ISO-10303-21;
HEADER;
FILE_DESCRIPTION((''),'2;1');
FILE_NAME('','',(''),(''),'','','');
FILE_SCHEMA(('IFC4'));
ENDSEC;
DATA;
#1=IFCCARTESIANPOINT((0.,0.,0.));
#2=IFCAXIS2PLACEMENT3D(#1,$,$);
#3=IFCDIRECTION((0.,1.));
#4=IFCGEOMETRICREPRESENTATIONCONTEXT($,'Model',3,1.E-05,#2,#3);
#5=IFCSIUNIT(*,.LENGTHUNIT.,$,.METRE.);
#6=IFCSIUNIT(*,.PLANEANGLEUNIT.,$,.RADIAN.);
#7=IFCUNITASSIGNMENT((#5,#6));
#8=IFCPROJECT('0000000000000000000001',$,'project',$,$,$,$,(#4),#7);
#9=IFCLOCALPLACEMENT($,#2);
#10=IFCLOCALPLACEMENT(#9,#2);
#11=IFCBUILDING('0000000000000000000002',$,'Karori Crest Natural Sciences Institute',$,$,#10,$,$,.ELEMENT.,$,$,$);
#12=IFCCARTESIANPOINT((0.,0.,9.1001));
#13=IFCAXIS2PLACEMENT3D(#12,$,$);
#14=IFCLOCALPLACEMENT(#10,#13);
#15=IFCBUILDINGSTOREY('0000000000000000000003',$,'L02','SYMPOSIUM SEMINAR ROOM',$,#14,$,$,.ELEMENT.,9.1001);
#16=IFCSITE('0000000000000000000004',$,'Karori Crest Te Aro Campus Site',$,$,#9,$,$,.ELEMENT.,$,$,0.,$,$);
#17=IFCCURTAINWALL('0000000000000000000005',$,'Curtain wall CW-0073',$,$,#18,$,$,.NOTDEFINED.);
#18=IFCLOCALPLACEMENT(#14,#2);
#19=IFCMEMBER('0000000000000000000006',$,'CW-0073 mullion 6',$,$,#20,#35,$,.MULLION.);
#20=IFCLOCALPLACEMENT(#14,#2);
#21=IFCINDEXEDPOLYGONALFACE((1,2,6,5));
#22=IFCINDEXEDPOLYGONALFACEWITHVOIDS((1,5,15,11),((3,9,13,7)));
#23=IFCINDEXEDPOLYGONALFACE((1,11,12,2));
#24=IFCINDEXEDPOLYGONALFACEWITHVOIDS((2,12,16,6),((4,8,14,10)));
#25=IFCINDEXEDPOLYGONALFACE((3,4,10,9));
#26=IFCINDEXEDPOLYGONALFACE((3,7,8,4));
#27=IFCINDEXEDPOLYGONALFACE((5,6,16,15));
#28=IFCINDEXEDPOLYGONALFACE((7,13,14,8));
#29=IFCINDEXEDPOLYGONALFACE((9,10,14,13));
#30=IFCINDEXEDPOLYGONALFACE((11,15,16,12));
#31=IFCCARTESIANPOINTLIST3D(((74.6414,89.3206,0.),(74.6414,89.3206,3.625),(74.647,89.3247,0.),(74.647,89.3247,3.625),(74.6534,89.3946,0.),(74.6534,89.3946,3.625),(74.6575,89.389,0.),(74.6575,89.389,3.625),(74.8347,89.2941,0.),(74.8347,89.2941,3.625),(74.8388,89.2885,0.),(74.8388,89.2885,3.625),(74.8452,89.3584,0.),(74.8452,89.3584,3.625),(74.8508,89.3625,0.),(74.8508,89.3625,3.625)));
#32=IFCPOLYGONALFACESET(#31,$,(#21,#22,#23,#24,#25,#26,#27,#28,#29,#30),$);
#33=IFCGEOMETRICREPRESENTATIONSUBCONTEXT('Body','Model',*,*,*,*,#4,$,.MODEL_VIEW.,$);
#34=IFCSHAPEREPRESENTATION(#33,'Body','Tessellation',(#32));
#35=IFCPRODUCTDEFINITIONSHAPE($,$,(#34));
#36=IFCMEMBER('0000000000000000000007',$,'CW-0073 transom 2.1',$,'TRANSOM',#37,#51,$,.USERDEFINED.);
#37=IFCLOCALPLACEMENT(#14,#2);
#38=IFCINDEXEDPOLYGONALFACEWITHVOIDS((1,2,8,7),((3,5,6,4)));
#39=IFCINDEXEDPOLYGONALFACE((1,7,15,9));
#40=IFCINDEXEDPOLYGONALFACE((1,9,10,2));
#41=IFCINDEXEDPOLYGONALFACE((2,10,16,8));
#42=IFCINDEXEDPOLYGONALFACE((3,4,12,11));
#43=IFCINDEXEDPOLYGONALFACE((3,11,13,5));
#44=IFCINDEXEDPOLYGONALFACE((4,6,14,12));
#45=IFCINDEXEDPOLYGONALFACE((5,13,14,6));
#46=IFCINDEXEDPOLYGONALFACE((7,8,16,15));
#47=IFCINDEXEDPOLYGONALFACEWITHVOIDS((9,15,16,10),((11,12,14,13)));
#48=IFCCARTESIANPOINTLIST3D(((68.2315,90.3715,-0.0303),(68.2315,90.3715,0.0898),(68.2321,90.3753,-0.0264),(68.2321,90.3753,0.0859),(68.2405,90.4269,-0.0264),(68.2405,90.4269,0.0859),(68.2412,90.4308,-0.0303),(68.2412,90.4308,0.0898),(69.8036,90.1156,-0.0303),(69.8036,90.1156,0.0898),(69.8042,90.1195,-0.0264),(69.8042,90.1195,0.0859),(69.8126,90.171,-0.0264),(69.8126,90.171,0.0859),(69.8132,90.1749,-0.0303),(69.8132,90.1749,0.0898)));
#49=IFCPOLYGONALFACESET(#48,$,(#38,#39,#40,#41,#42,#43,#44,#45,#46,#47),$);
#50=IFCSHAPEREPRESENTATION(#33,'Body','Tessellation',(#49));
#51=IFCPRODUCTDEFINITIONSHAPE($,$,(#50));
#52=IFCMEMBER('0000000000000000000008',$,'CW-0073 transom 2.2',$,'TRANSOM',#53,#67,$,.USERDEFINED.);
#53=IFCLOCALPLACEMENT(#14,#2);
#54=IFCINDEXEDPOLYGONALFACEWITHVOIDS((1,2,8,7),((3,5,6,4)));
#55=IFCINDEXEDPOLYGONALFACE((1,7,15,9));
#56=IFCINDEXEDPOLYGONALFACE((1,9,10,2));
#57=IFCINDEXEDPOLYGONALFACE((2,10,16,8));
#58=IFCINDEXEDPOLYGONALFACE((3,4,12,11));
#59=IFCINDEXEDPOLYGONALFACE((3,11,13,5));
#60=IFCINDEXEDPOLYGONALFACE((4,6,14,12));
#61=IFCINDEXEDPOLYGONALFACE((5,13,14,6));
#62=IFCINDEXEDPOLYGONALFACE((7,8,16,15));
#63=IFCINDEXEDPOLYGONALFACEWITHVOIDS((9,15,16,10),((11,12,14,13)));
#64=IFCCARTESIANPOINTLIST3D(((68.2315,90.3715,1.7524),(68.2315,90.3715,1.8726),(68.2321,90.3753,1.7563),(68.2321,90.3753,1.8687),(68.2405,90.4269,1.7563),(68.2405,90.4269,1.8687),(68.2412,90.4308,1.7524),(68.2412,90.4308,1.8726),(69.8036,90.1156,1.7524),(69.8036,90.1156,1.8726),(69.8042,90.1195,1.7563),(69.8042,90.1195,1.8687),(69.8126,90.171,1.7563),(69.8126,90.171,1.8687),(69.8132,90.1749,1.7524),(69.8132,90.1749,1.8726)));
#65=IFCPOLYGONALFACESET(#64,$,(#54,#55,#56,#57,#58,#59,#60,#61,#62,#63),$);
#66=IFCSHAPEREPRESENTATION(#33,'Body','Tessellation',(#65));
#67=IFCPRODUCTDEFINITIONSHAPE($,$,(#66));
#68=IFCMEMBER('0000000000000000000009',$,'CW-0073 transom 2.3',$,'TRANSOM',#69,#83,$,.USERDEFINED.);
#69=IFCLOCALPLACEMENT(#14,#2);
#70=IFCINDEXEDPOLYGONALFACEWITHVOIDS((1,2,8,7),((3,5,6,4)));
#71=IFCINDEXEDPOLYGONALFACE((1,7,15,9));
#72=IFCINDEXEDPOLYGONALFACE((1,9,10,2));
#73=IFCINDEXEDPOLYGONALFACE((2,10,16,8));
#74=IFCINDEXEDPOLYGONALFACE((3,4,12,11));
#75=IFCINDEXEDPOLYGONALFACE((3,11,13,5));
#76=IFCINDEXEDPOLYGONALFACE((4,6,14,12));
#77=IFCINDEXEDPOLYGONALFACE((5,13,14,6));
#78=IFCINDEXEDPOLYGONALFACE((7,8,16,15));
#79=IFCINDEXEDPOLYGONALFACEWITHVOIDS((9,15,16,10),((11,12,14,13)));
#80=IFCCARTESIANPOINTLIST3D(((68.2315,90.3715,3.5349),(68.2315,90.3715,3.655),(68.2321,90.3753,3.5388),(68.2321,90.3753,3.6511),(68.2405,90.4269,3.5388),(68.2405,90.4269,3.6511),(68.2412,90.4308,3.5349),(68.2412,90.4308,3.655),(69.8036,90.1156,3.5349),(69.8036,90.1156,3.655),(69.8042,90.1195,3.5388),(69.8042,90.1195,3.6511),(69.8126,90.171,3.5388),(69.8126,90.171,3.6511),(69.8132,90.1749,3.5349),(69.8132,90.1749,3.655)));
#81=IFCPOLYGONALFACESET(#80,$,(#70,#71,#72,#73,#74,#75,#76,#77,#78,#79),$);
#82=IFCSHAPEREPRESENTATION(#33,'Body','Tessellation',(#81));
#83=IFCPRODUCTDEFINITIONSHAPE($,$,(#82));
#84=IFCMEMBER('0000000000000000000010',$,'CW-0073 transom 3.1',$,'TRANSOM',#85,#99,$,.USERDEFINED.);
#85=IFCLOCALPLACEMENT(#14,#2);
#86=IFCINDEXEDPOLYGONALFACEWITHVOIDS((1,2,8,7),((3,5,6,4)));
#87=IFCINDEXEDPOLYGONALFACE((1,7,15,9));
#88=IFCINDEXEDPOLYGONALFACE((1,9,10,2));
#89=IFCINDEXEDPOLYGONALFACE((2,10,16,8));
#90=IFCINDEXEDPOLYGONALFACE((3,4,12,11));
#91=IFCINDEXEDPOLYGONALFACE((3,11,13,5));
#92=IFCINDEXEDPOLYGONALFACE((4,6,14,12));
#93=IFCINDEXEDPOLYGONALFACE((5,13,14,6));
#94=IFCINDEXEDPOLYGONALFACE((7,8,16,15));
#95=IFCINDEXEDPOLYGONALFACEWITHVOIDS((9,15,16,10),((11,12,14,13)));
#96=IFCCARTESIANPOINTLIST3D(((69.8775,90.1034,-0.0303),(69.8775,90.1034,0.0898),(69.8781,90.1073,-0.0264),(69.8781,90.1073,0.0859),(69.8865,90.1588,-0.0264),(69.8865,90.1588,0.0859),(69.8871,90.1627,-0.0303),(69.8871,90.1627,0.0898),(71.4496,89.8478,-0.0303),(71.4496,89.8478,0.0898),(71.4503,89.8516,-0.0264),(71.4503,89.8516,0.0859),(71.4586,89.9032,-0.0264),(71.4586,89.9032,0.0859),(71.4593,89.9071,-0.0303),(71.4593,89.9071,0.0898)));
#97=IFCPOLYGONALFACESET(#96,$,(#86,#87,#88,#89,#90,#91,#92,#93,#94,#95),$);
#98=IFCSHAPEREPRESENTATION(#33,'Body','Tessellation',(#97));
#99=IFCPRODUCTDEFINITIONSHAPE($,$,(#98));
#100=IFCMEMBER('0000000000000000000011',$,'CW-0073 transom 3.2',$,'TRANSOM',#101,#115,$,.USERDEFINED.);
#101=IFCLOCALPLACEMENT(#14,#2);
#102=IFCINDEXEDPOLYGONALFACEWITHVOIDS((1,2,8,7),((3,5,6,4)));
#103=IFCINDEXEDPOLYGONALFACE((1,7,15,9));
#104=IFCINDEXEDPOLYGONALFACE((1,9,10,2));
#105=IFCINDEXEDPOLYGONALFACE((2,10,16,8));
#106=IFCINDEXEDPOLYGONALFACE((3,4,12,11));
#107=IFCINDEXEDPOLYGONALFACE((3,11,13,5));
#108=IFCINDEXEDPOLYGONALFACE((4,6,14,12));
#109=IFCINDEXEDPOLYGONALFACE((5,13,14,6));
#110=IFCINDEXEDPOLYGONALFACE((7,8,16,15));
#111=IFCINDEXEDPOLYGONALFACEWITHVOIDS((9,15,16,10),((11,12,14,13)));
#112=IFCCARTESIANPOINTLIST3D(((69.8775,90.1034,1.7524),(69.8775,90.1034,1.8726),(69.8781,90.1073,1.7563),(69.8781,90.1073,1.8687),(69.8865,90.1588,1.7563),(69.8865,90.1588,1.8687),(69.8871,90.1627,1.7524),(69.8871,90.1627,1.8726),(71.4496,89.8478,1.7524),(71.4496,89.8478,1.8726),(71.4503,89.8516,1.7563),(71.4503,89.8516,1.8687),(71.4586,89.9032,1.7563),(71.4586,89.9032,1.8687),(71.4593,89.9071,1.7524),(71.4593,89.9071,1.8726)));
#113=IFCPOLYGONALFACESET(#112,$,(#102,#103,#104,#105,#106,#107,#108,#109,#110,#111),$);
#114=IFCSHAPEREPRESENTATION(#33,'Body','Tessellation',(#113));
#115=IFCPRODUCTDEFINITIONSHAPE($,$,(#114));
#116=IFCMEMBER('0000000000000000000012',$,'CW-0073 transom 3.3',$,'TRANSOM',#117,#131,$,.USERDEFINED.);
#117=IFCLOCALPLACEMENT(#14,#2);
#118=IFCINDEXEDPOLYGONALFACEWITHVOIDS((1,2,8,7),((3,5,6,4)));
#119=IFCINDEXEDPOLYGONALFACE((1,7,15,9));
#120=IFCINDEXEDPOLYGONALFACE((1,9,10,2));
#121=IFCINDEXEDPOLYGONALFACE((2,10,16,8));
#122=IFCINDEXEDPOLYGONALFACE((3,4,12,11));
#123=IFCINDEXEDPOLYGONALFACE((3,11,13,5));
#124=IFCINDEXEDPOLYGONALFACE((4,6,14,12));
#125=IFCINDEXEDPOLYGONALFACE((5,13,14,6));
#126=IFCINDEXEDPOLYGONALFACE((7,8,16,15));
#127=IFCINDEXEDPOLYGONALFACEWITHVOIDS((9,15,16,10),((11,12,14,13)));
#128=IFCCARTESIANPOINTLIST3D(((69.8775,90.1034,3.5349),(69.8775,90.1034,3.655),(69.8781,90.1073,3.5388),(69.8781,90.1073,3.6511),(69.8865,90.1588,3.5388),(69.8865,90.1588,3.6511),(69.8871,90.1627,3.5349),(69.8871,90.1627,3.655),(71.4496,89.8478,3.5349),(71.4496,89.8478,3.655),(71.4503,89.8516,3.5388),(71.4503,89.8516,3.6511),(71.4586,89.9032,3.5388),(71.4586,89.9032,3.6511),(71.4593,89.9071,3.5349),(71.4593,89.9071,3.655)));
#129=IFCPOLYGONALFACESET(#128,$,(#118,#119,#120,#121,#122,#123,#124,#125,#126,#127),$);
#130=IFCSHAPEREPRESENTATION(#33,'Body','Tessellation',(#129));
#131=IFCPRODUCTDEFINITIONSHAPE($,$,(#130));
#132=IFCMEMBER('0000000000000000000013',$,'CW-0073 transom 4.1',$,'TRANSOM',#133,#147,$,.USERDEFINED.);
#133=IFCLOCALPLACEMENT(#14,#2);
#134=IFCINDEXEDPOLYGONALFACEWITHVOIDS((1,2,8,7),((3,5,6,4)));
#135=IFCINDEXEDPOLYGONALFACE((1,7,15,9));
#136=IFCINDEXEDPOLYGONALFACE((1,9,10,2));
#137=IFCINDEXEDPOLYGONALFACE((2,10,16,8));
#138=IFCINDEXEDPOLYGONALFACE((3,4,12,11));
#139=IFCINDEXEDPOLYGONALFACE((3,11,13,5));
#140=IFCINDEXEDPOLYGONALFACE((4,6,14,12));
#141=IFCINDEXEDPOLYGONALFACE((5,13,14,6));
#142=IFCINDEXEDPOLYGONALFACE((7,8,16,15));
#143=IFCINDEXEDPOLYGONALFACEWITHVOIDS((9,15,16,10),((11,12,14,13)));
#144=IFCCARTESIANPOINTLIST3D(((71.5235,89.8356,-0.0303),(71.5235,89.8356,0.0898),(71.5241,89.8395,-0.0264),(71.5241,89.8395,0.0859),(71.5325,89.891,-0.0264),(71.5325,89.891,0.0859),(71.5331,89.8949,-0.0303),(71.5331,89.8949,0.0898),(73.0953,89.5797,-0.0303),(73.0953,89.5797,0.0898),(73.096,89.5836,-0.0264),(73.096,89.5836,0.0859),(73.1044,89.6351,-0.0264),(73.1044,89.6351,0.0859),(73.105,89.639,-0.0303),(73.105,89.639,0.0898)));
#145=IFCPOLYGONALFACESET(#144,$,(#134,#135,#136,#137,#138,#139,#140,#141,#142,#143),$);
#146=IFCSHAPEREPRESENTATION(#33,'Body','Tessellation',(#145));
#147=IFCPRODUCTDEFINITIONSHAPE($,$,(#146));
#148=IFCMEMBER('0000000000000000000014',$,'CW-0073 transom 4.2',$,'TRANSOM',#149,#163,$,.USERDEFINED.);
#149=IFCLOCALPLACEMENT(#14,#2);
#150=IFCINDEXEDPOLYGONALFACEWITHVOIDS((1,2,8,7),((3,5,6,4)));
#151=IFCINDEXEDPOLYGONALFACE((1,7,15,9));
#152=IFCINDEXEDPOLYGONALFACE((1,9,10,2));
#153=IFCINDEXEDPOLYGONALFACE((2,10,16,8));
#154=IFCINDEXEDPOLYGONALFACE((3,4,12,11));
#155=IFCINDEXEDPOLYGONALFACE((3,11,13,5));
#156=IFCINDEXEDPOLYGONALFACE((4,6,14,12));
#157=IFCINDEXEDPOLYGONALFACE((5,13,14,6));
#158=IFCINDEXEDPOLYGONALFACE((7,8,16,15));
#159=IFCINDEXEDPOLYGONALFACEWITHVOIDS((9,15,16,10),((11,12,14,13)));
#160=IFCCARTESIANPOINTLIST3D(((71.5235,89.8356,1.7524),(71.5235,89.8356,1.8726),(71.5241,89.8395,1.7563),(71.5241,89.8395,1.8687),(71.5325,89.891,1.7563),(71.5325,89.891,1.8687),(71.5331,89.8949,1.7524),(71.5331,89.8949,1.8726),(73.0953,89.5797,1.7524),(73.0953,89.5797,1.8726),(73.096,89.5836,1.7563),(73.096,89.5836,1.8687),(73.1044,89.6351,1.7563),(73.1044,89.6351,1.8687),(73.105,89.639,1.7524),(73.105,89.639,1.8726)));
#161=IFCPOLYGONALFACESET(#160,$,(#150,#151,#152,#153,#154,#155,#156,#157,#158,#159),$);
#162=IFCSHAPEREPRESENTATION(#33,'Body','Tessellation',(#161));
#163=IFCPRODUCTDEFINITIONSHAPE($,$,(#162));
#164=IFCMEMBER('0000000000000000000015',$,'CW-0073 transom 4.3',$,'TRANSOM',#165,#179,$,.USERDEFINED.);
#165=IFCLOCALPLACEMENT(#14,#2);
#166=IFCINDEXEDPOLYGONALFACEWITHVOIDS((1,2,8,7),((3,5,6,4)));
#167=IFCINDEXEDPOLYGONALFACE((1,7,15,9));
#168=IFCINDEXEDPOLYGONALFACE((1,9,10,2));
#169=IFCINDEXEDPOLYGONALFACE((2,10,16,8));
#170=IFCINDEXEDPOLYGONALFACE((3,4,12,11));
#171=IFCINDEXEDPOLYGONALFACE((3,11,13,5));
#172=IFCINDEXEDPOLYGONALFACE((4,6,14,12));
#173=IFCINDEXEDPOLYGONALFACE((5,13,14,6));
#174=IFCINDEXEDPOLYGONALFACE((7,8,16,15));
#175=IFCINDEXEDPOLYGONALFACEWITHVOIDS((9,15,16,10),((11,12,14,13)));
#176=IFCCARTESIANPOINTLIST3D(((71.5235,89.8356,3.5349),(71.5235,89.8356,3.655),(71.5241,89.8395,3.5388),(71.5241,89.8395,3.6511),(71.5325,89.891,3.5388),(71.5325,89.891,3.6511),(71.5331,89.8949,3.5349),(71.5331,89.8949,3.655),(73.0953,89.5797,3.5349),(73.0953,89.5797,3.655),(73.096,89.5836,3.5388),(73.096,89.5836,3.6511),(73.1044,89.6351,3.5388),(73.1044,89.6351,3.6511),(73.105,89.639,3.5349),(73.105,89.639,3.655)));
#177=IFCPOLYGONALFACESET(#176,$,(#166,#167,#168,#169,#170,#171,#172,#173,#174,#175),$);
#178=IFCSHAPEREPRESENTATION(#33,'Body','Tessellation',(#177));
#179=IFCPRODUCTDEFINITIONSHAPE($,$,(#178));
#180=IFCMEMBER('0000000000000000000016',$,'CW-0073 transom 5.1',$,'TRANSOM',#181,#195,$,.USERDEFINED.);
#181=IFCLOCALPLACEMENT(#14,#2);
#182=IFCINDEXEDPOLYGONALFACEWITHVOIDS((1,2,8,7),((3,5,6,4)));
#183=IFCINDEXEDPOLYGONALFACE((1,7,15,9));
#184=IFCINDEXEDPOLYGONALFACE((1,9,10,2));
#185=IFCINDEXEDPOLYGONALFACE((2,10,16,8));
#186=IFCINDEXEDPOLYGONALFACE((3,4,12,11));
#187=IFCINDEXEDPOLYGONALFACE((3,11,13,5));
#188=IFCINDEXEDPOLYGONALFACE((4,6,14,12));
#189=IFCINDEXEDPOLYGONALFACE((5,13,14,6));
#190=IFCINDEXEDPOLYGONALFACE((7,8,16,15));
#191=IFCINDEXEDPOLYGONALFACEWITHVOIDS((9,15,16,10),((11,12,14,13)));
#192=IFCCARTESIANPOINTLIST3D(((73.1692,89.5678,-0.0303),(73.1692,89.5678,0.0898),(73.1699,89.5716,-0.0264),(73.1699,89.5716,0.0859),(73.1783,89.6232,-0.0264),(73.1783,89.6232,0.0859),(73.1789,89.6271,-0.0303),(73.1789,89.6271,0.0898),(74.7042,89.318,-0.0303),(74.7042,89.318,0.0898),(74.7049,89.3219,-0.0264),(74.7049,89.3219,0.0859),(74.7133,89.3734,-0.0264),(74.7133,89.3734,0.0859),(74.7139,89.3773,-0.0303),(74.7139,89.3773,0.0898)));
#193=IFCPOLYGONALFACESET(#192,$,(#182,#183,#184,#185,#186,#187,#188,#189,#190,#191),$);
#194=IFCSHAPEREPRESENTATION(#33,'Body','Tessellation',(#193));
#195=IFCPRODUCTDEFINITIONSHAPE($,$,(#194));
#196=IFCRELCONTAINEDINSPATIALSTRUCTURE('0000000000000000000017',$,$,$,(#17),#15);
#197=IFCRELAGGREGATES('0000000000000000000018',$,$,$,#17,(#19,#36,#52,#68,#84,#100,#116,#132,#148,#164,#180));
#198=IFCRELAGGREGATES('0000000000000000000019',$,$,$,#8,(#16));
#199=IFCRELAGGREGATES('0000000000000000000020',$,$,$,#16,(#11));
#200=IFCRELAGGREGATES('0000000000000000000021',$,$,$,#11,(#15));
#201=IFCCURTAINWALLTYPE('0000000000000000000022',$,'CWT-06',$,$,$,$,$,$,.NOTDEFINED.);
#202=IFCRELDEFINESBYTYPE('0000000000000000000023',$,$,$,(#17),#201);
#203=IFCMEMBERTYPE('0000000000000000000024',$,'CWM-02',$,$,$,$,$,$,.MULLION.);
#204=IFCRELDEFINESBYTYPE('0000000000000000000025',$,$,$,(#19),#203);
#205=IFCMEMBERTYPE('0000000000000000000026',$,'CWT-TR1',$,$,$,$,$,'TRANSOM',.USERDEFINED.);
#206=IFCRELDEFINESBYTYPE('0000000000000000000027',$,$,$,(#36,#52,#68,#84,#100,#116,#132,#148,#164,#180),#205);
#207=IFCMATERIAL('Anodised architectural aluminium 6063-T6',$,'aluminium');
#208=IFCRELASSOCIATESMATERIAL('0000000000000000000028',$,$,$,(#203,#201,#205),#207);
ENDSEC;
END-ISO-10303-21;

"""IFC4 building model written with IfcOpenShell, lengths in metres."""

from ifc_helpers import new_model, si_unit, direction, frame, origin, origin_2d, place, context, subcontext, project, spatial, hollow_rectangle, extrude, material, material_profile, profile_set, type_object, element, aggregate, save


model = new_model("IFC4")

# Units and contexts
model_context = context("Model", 3, precision=1e-05, world=origin(), true_north=direction((0.0, 1.0)))
body_context = subcontext(model_context, "Body", "Model", "MODEL_VIEW")
ifc_project = project(units=[si_unit("LENGTHUNIT", "METRE"), si_unit("PLANEANGLEUNIT", "RADIAN")], contexts=[model_context])

# Site, building, storey
site_placement = place(None, origin())
site = spatial("IfcSite", under=ifc_project, at=site_placement, Name="Karori Crest Te Aro Campus Site", CompositionType="ELEMENT", RefElevation=0.0)
building_placement = place(site_placement, origin())
building = spatial("IfcBuilding", under=site, at=building_placement, Name="Karori Crest Natural Sciences Institute", CompositionType="ELEMENT")
storey_placement = place(building_placement, frame((0.0, 0.0, 9.1001)))
storey = spatial("IfcBuildingStorey", under=building, at=storey_placement, Name="L02", Description="SYMPOSIUM SEMINAR ROOM", CompositionType="ELEMENT", Elevation=9.1001)

# Shared definitions
ifc_material_1 = material(Name="Anodised architectural aluminium 6063-T6", Category="aluminium")
ifc_material_profile_1 = material_profile(ifc_material_1, hollow_rectangle(XDim=0.075, YDim=0.2, WallThickness=0.0049, at=origin_2d()), Name="CWM200x75x5")
ifc_profile_set_1 = profile_set([ifc_material_profile_1], Name="Anodised architectural aluminium 6063-T6")
member_type_1 = type_object("IfcMemberType", Name="CWM-02", PredefinedType="MULLION", material=ifc_profile_set_1)

# Curtain wall, members
curtain_wall_type_1 = type_object("IfcCurtainWallType", Name="CWT-06", PredefinedType="NOTDEFINED", material=ifc_material_1)
curtain_wall_1_placement = place(storey_placement, origin())
curtain_wall_1 = element("IfcCurtainWall", 1, at=curtain_wall_1_placement, inside=storey, type_object=curtain_wall_type_1, Name="Curtain wall CW-0073", PredefinedType="NOTDEFINED")
member_1_placement = place(storey_placement, frame((74.7461, 89.3416, 0.0), z_axis=(0.0, 0.0, 1.0), x_axis=(0.160652, 0.987011, 0.0)))
member_1 = element("IfcMember", 2, at=member_1_placement, type_object=member_type_1, Name="CW-0073 mullion 6", PredefinedType="MULLION", context=body_context, shape_type="SweptSolid", body=[
    extrude(hollow_rectangle(XDim=0.075, YDim=0.2, WallThickness=0.0049, at=origin_2d()), origin(), (0.0, 0.0, 1.0), 3.625),
])
ifc_material_profile_2 = material_profile(ifc_material_1, hollow_rectangle(XDim=0.0601, YDim=0.1201, WallThickness=0.0039, at=origin_2d()), Name="CWT120x60x4")
ifc_profile_set_2 = profile_set([ifc_material_profile_2], Name="Anodised architectural aluminium 6063-T6")
member_type_2 = type_object("IfcMemberType", Name="CWT-TR1", ElementType="TRANSOM", PredefinedType="USERDEFINED", material=ifc_profile_set_2)
member_2_placement = place(storey_placement, frame((68.2363, 90.4011, 0.0298), z_axis=(0.987012, -0.160644, 0.0), x_axis=(0.160644, 0.987012, 0.0)))
member_2 = element("IfcMember", 3, at=member_2_placement, type_object=member_type_2, Name="CW-0073 transom 2.1", ObjectType="TRANSOM", PredefinedType="USERDEFINED", context=body_context, shape_type="SweptSolid", body=[
    extrude(hollow_rectangle(XDim=0.0601, YDim=0.1201, WallThickness=0.0039, at=origin_2d()), origin(), (0.0, 0.0, 1.0), 1.5928),
])
member_3_placement = place(storey_placement, frame((68.2363, 90.4011, 1.8125), z_axis=(0.987012, -0.160644, 0.0), x_axis=(0.160644, 0.987012, 0.0)))
member_3 = element("IfcMember", 4, at=member_3_placement, type_object=member_type_2, Name="CW-0073 transom 2.2", ObjectType="TRANSOM", PredefinedType="USERDEFINED", context=body_context, shape_type="SweptSolid", body=[
    extrude(hollow_rectangle(XDim=0.0601, YDim=0.1201, WallThickness=0.0039, at=origin_2d()), origin(), (0.0, 0.0, 1.0), 1.5928),
])
member_4_placement = place(storey_placement, frame((68.2363, 90.4011, 3.595), z_axis=(0.987012, -0.160644, 0.0), x_axis=(0.160644, 0.987012, 0.0)))
member_4 = element("IfcMember", 5, at=member_4_placement, type_object=member_type_2, Name="CW-0073 transom 2.3", ObjectType="TRANSOM", PredefinedType="USERDEFINED", context=body_context, shape_type="SweptSolid", body=[
    extrude(hollow_rectangle(XDim=0.0601, YDim=0.1201, WallThickness=0.0039, at=origin_2d()), origin(), (0.0, 0.0, 1.0), 1.5928),
])
member_5_placement = place(storey_placement, frame((69.8823, 90.1331, 0.0298), z_axis=(0.987037, -0.160495, 0.0), x_axis=(0.160495, 0.987037, 0.0)))
member_5 = element("IfcMember", 6, at=member_5_placement, type_object=member_type_2, Name="CW-0073 transom 3.1", ObjectType="TRANSOM", PredefinedType="USERDEFINED", context=body_context, shape_type="SweptSolid", body=[
    extrude(hollow_rectangle(XDim=0.0601, YDim=0.1201, WallThickness=0.0039, at=origin_2d()), origin(), (0.0, 0.0, 1.0), 1.5928),
])
member_6_placement = place(storey_placement, frame((69.8823, 90.1331, 1.8125), z_axis=(0.987037, -0.160495, 0.0), x_axis=(0.160495, 0.987037, 0.0)))
member_6 = element("IfcMember", 7, at=member_6_placement, type_object=member_type_2, Name="CW-0073 transom 3.2", ObjectType="TRANSOM", PredefinedType="USERDEFINED", context=body_context, shape_type="SweptSolid", body=[
    extrude(hollow_rectangle(XDim=0.0601, YDim=0.1201, WallThickness=0.0039, at=origin_2d()), origin(), (0.0, 0.0, 1.0), 1.5928),
])
member_7_placement = place(storey_placement, frame((69.8823, 90.1331, 3.595), z_axis=(0.987037, -0.160495, 0.0), x_axis=(0.160495, 0.987037, 0.0)))
member_7 = element("IfcMember", 8, at=member_7_placement, type_object=member_type_2, Name="CW-0073 transom 3.3", ObjectType="TRANSOM", PredefinedType="USERDEFINED", context=body_context, shape_type="SweptSolid", body=[
    extrude(hollow_rectangle(XDim=0.0601, YDim=0.1201, WallThickness=0.0039, at=origin_2d()), origin(), (0.0, 0.0, 1.0), 1.5928),
])
member_8_placement = place(storey_placement, frame((71.5283, 89.8652, 0.0298), z_axis=(0.987008, -0.160669, 0.0), x_axis=(0.160669, 0.987008, 0.0)))
member_8 = element("IfcMember", 9, at=member_8_placement, type_object=member_type_2, Name="CW-0073 transom 4.1", ObjectType="TRANSOM", PredefinedType="USERDEFINED", context=body_context, shape_type="SweptSolid", body=[
    extrude(hollow_rectangle(XDim=0.0601, YDim=0.1201, WallThickness=0.0039, at=origin_2d()), origin(), (0.0, 0.0, 1.0), 1.5925),
])
member_9_placement = place(storey_placement, frame((71.5283, 89.8652, 1.8125), z_axis=(0.987008, -0.160669, 0.0), x_axis=(0.160669, 0.987008, 0.0)))
member_9 = element("IfcMember", 10, at=member_9_placement, type_object=member_type_2, Name="CW-0073 transom 4.2", ObjectType="TRANSOM", PredefinedType="USERDEFINED", context=body_context, shape_type="SweptSolid", body=[
    extrude(hollow_rectangle(XDim=0.0601, YDim=0.1201, WallThickness=0.0039, at=origin_2d()), origin(), (0.0, 0.0, 1.0), 1.5925),
])
member_10_placement = place(storey_placement, frame((71.5283, 89.8652, 3.595), z_axis=(0.987008, -0.160669, 0.0), x_axis=(0.160669, 0.987008, 0.0)))
member_10 = element("IfcMember", 11, at=member_10_placement, type_object=member_type_2, Name="CW-0073 transom 4.3", ObjectType="TRANSOM", PredefinedType="USERDEFINED", context=body_context, shape_type="SweptSolid", body=[
    extrude(hollow_rectangle(XDim=0.0601, YDim=0.1201, WallThickness=0.0039, at=origin_2d()), origin(), (0.0, 0.0, 1.0), 1.5925),
])
member_11_placement = place(storey_placement, frame((73.1741, 89.5974, 0.0298), z_axis=(0.987019, -0.160604, 0.0), x_axis=(0.160604, 0.987019, 0.0)))
member_11 = element("IfcMember", 12, at=member_11_placement, type_object=member_type_2, Name="CW-0073 transom 5.1", ObjectType="TRANSOM", PredefinedType="USERDEFINED", context=body_context, shape_type="SweptSolid", body=[
    extrude(hollow_rectangle(XDim=0.0601, YDim=0.1201, WallThickness=0.0039, at=origin_2d()), origin(), (0.0, 0.0, 1.0), 1.5552),
])

aggregate(curtain_wall_1, [member_1, member_2, member_3, member_4, member_5, member_6, member_7, member_8, member_9, member_10, member_11])

save(model, "model.ifc")
